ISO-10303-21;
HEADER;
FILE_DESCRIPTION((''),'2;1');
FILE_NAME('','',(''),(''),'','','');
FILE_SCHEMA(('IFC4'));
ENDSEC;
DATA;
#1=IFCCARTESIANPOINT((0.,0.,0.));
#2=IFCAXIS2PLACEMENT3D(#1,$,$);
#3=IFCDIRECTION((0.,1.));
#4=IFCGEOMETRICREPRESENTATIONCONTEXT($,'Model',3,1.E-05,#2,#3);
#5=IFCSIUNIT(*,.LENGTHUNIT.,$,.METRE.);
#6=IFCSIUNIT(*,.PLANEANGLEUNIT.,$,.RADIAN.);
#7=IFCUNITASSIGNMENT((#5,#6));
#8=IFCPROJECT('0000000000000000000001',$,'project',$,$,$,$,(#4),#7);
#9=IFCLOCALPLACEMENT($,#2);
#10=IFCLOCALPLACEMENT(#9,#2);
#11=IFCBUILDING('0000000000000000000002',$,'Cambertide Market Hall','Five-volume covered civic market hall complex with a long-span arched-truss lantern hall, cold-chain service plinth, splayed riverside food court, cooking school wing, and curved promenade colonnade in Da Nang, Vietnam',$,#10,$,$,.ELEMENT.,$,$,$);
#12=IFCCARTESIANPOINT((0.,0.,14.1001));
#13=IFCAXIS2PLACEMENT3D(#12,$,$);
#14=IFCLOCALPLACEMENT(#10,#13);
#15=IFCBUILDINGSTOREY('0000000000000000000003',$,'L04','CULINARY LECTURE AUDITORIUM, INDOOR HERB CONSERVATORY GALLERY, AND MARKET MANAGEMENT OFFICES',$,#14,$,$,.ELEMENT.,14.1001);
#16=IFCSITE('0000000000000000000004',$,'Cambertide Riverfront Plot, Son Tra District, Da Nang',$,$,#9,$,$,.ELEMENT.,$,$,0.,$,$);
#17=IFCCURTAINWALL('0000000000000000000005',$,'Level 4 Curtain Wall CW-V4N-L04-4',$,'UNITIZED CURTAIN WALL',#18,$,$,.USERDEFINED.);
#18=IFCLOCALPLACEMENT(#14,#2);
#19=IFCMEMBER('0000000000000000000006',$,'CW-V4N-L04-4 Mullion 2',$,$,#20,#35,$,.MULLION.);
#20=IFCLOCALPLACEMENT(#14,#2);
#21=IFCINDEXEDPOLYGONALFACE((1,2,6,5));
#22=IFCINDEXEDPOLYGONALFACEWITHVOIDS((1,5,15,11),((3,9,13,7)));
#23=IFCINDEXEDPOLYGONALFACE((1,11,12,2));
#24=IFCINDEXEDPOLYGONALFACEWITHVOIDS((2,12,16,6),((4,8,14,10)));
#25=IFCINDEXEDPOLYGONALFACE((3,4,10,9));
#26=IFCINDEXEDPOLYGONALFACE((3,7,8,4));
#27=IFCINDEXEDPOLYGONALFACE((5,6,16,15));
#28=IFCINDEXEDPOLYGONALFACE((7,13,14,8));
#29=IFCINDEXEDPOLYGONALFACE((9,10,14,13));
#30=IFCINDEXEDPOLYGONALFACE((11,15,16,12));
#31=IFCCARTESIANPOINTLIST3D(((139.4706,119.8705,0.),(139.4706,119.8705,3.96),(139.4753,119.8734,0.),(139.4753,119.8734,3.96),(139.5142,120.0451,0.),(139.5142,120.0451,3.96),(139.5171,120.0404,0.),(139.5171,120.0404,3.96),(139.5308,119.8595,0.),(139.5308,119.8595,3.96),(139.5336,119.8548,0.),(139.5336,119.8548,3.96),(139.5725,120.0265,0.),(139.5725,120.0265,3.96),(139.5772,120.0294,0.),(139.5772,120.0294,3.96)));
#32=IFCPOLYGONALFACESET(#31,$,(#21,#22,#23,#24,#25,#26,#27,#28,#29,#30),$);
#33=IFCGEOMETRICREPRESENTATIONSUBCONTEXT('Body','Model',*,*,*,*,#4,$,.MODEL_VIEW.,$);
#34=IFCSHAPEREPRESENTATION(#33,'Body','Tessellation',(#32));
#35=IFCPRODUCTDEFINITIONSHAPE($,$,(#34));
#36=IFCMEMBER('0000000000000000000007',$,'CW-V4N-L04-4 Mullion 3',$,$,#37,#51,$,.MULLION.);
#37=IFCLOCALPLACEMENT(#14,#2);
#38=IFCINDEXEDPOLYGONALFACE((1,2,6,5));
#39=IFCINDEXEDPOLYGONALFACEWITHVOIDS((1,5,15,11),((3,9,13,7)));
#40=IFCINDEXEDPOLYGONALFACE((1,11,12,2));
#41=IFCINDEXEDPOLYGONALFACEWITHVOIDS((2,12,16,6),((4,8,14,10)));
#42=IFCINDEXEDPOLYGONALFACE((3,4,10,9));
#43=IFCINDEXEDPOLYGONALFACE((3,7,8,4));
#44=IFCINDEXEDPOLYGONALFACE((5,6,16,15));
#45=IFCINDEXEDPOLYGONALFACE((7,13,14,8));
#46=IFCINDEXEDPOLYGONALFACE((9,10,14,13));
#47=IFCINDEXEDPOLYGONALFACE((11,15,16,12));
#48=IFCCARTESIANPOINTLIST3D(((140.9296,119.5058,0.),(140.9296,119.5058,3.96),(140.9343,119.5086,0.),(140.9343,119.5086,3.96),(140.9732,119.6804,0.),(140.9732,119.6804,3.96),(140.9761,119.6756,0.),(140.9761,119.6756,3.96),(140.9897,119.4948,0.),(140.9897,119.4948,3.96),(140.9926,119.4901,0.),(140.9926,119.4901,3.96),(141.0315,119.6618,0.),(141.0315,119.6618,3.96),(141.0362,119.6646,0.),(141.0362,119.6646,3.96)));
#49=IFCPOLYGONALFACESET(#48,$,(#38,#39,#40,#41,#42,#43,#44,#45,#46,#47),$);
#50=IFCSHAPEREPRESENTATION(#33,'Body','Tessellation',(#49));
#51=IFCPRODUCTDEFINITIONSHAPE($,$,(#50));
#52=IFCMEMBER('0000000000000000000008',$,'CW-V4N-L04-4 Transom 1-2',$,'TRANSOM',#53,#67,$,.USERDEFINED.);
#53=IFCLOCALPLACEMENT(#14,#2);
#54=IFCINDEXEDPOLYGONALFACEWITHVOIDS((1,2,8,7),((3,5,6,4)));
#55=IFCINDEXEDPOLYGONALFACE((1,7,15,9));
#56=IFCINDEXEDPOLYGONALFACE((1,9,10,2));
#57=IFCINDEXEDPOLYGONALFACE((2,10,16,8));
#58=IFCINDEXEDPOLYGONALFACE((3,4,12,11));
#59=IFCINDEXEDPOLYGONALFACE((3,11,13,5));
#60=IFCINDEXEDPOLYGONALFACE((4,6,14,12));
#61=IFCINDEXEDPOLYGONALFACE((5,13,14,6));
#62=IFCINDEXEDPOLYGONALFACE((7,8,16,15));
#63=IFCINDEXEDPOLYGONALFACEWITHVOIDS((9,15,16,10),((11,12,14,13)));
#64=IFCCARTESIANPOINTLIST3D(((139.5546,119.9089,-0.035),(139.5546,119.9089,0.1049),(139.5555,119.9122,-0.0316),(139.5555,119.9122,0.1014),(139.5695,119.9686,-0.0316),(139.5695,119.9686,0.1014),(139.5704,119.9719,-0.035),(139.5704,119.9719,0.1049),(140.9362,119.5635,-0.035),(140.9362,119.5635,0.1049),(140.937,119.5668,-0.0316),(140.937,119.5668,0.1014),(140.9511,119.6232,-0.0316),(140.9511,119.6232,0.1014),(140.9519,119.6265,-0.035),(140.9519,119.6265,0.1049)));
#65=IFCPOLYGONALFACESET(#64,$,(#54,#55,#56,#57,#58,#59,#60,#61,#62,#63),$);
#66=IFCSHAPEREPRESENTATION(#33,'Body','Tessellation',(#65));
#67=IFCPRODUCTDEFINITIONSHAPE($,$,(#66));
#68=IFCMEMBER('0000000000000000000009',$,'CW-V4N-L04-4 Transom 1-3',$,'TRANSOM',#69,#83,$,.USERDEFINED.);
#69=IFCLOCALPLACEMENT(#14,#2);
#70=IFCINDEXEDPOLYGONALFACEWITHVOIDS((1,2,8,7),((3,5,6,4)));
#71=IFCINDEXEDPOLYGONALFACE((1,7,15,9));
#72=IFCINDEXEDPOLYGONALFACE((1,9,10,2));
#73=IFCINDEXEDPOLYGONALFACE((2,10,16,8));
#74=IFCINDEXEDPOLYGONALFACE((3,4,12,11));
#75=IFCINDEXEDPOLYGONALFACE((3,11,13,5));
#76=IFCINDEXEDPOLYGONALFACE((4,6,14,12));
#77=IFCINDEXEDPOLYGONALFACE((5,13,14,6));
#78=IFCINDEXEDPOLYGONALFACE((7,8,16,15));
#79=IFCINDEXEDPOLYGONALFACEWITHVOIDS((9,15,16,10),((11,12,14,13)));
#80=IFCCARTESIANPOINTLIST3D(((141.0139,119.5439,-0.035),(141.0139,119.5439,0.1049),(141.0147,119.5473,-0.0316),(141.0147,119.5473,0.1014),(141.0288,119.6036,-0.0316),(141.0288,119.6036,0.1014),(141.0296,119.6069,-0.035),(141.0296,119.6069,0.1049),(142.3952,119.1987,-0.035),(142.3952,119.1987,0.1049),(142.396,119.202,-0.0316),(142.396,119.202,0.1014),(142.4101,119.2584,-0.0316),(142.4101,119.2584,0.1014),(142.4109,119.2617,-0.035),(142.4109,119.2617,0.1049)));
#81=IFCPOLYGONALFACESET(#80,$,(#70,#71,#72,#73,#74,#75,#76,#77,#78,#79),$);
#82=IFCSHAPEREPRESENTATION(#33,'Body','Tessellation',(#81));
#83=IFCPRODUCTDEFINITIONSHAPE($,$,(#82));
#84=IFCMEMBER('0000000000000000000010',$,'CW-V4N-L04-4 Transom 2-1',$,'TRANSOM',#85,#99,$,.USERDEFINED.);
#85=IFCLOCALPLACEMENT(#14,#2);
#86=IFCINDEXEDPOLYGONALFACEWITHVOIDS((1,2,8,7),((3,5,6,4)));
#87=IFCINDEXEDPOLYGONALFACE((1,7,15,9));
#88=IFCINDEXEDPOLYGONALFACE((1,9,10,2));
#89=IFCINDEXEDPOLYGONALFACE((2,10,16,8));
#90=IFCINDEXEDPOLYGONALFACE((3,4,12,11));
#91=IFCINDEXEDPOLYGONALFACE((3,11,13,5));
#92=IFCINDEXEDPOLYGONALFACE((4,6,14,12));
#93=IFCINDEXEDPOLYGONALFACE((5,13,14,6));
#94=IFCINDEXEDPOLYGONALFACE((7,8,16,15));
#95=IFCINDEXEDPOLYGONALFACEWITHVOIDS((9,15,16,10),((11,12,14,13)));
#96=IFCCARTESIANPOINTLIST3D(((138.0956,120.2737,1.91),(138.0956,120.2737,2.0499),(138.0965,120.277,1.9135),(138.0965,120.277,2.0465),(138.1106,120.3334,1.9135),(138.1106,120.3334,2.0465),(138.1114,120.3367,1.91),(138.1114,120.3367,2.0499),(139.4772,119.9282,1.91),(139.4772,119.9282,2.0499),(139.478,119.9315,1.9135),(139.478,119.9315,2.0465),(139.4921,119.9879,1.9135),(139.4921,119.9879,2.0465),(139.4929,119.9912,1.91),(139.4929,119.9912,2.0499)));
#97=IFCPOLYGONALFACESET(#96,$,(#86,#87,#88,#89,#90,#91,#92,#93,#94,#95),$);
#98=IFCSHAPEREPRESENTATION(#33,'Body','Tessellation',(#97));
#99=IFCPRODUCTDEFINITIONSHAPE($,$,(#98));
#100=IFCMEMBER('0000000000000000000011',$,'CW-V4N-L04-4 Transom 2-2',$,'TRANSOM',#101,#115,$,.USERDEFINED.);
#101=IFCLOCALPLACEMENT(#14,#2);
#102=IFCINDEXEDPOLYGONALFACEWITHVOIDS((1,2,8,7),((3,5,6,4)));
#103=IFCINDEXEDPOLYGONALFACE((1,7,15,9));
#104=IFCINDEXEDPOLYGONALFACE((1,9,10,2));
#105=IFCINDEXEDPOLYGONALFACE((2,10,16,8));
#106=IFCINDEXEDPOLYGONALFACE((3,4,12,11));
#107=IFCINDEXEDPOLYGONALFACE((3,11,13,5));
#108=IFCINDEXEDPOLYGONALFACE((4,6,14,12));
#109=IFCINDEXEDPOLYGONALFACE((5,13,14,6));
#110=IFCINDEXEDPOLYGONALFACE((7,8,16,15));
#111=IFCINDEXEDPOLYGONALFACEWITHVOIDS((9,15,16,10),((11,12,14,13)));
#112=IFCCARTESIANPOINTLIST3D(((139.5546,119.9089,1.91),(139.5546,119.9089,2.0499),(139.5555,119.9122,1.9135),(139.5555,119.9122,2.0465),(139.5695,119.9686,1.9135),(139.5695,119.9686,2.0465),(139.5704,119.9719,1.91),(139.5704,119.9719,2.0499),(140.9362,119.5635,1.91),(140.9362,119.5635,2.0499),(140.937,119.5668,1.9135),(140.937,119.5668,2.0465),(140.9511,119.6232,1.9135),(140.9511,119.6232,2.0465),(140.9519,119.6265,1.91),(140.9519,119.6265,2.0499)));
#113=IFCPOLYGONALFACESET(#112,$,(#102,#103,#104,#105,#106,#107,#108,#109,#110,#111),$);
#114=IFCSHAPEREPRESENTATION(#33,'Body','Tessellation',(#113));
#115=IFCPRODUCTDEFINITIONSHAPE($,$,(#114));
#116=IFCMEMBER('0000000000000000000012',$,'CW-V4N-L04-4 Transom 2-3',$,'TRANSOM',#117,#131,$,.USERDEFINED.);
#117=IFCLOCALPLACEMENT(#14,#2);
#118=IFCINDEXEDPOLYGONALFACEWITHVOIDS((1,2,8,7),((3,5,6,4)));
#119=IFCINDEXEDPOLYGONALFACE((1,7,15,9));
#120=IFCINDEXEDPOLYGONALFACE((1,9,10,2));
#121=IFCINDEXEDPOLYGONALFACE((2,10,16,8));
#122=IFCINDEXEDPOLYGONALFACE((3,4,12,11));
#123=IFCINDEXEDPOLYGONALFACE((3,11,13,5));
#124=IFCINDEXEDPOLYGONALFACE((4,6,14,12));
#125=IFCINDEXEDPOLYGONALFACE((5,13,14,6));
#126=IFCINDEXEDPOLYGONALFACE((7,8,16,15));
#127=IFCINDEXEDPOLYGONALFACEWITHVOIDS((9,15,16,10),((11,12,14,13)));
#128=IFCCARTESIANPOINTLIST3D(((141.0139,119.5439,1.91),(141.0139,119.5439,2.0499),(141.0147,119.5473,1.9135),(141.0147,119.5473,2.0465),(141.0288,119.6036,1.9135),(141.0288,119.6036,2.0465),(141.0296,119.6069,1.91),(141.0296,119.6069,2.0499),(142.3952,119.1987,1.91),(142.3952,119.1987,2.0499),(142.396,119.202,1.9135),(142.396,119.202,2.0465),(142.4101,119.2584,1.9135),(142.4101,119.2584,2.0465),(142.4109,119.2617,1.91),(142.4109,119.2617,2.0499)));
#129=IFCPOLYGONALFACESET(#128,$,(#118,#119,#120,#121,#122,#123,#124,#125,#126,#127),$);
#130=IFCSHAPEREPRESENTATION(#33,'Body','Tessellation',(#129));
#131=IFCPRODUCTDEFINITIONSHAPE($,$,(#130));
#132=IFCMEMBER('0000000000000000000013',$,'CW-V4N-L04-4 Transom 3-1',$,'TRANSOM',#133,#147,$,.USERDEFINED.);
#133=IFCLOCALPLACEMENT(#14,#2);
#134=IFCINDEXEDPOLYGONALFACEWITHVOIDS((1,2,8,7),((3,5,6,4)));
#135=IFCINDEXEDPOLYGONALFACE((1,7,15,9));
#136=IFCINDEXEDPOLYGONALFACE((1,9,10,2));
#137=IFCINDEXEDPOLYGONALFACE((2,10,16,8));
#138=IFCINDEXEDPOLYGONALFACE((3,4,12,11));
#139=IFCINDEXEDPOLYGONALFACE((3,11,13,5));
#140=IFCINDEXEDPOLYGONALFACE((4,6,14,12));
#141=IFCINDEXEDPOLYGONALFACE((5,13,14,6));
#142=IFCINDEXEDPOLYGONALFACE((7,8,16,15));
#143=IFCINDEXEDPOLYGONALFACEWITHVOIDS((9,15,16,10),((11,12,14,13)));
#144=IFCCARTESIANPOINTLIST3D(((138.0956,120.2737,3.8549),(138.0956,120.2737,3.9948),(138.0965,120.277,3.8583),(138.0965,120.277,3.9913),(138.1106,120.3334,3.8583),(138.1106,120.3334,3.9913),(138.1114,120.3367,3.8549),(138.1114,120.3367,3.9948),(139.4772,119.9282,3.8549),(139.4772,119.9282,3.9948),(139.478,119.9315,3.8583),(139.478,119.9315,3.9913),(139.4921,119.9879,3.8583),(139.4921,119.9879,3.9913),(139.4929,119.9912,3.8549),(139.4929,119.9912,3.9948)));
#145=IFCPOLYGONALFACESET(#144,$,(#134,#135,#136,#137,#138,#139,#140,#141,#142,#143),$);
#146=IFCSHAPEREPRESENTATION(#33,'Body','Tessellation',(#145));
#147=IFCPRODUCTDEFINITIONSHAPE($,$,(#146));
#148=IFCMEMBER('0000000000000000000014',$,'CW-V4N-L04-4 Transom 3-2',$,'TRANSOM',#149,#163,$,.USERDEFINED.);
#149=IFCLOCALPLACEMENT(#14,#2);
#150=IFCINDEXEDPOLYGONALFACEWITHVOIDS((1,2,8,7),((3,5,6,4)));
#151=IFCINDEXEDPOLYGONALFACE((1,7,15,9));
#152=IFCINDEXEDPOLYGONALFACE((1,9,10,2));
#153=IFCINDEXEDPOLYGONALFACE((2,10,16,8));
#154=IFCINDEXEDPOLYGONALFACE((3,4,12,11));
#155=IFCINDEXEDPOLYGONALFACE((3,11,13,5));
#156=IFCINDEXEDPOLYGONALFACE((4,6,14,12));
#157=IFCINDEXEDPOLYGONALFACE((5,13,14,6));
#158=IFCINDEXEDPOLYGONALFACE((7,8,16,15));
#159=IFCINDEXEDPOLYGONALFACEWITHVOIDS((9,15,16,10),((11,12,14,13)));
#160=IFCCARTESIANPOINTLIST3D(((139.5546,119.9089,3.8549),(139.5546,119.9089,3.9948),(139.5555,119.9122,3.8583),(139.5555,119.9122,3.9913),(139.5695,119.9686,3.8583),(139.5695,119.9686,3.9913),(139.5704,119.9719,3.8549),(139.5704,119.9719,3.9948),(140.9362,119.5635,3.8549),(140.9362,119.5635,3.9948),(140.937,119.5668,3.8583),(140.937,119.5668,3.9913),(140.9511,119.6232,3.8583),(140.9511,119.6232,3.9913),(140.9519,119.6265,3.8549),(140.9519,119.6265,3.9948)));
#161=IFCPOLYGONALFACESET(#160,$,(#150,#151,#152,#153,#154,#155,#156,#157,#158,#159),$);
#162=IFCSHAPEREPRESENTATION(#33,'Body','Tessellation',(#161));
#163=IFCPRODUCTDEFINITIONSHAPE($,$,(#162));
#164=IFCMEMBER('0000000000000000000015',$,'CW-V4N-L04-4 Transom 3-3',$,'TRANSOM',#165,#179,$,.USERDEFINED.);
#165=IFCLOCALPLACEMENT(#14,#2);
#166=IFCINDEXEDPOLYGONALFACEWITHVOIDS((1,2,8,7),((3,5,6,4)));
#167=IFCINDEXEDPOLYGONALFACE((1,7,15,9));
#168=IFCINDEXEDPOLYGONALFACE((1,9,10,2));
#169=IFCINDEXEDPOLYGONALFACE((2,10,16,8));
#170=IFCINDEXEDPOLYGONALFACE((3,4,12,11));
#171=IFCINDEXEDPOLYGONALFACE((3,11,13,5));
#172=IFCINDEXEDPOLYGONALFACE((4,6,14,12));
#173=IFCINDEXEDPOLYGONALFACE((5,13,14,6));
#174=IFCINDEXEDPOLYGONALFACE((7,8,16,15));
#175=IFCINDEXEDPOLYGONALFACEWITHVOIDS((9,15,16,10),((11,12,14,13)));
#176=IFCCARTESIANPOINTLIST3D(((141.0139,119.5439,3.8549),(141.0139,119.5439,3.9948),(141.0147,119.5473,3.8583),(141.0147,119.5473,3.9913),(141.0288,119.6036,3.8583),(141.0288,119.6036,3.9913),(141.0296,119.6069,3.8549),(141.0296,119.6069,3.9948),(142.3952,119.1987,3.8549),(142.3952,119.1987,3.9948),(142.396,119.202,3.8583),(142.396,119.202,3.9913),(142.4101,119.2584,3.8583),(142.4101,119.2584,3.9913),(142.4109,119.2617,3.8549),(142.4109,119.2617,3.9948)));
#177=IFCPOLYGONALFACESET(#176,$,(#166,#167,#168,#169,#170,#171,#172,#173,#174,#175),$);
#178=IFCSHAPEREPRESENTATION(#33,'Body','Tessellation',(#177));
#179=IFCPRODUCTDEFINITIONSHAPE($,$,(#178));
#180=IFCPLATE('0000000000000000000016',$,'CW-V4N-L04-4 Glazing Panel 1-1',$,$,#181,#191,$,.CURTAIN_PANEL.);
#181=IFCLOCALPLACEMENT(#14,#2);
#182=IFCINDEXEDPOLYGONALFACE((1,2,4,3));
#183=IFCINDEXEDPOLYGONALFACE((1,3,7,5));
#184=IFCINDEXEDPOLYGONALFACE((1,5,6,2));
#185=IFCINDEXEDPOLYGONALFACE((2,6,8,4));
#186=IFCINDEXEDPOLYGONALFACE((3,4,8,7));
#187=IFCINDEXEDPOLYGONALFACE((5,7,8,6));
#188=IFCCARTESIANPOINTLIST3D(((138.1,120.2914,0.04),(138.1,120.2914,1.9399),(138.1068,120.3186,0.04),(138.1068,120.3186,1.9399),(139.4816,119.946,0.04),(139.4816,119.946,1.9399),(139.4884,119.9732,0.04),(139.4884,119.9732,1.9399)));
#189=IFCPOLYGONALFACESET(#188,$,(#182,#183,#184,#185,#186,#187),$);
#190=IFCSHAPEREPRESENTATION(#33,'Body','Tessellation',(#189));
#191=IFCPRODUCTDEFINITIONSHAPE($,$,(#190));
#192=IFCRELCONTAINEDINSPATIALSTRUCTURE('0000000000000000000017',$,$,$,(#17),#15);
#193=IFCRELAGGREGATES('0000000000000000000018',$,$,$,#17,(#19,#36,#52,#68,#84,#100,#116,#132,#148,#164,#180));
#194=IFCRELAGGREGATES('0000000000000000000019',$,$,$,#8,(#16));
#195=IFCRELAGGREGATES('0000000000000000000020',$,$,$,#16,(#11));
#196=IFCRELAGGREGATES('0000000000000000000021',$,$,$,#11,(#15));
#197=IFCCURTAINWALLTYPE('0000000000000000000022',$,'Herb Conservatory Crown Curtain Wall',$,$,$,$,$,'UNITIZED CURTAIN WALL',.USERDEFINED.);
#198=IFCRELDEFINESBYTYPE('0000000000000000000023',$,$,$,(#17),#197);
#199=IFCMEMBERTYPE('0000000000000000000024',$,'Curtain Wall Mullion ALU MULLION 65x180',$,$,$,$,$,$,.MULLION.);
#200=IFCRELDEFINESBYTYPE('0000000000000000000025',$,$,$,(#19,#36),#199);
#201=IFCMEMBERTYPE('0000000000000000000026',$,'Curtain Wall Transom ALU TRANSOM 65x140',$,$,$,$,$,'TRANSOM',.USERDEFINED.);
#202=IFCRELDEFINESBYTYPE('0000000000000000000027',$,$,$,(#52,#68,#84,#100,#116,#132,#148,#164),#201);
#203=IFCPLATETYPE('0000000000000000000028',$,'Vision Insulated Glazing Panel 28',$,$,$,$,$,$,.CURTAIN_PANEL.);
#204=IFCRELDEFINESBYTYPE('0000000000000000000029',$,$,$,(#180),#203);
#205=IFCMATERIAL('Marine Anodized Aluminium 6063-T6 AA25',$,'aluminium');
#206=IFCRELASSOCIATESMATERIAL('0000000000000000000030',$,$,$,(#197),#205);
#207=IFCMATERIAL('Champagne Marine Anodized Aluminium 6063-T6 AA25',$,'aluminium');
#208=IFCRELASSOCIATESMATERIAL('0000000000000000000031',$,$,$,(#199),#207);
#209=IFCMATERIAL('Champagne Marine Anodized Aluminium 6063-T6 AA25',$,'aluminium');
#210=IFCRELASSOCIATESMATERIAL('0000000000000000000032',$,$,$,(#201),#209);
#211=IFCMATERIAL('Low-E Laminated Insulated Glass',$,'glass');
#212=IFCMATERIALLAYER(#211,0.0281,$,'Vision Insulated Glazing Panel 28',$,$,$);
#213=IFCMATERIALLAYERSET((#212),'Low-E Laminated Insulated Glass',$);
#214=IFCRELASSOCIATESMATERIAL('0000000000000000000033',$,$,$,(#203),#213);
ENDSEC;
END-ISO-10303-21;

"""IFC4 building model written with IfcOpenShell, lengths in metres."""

from ifc_helpers import new_model, si_unit, direction, frame, origin, origin_2d, place, context, subcontext, project, spatial, rectangle, hollow_rectangle, extrude, material, layer, layer_set, material_profile, profile_set, type_object, element, aggregate, save


model = new_model("IFC4")

# Units and contexts
model_context = context("Model", 3, precision=1e-05, world=origin(), true_north=direction((0.0, 1.0)))
body_context = subcontext(model_context, "Body", "Model", "MODEL_VIEW")
ifc_project = project(units=[si_unit("LENGTHUNIT", "METRE"), si_unit("PLANEANGLEUNIT", "RADIAN")], contexts=[model_context])

# Site, building, storey
site_placement = place(None, origin())
site = spatial("IfcSite", under=ifc_project, at=site_placement, Name="Cambertide Riverfront Plot, Son Tra District, Da Nang", CompositionType="ELEMENT", RefElevation=0.0)
building_placement = place(site_placement, origin())
building = spatial("IfcBuilding", under=site, at=building_placement, Name="Cambertide Market Hall", Description="Five-volume covered civic market hall complex with a long-span arched-truss lantern hall, cold-chain service plinth, splayed riverside food court, cooking school wing, and curved promenade colonnade in Da Nang, Vietnam", CompositionType="ELEMENT")
storey_placement = place(building_placement, frame((0.0, 0.0, 14.1001)))
storey = spatial("IfcBuildingStorey", under=building, at=storey_placement, Name="L04", Description="CULINARY LECTURE AUDITORIUM, INDOOR HERB CONSERVATORY GALLERY, AND MARKET MANAGEMENT OFFICES", CompositionType="ELEMENT", Elevation=14.1001)

# Curtain wall, members, plate
ifc_material_1 = material(Name="Marine Anodized Aluminium 6063-T6 AA25", Category="aluminium")
curtain_wall_type = type_object("IfcCurtainWallType", Name="Herb Conservatory Crown Curtain Wall", ElementType="UNITIZED CURTAIN WALL", PredefinedType="USERDEFINED", material=ifc_material_1)
curtain_wall_placement = place(storey_placement, origin())
curtain_wall = element("IfcCurtainWall", 1, at=curtain_wall_placement, inside=storey, type_object=curtain_wall_type, Name="Level 4 Curtain Wall CW-V4N-L04-4", ObjectType="UNITIZED CURTAIN WALL", PredefinedType="USERDEFINED")
ifc_material_2 = material(Name="Champagne Marine Anodized Aluminium 6063-T6 AA25", Category="aluminium")
ifc_material_profile_1 = material_profile(ifc_material_2, hollow_rectangle(XDim=0.0649, YDim=0.1799, WallThickness=0.0039, at=origin_2d()), Name="ALU MULLION 65x180")
ifc_profile_set_1 = profile_set([ifc_material_profile_1], Name="Champagne Marine Anodized Aluminium 6063-T6 AA25")
member_type_1 = type_object("IfcMemberType", Name="Curtain Wall Mullion ALU MULLION 65x180", PredefinedType="MULLION", material=ifc_profile_set_1)
member_1_placement = place(storey_placement, frame((139.5239, 119.95, 0.0), z_axis=(0.0, 0.0, 1.0), x_axis=(0.970143, -0.242536, 0.0)))
member_1 = element("IfcMember", 2, at=member_1_placement, type_object=member_type_1, Name="CW-V4N-L04-4 Mullion 2", PredefinedType="MULLION", context=body_context, shape_type="SweptSolid", body=[
    extrude(hollow_rectangle(XDim=0.0649, YDim=0.1799, WallThickness=0.0039, at=origin_2d()), origin(), (0.0, 0.0, 1.0), 3.96),
])
member_2_placement = place(storey_placement, frame((140.9829, 119.5852, 0.0), z_axis=(0.0, 0.0, 1.0), x_axis=(0.970143, -0.242536, 0.0)))
member_2 = element("IfcMember", 3, at=member_2_placement, type_object=member_type_1, Name="CW-V4N-L04-4 Mullion 3", PredefinedType="MULLION", context=body_context, shape_type="SweptSolid", body=[
    extrude(hollow_rectangle(XDim=0.0649, YDim=0.1799, WallThickness=0.0039, at=origin_2d()), origin(), (0.0, 0.0, 1.0), 3.96),
])
ifc_material_3 = material(Name="Champagne Marine Anodized Aluminium 6063-T6 AA25", Category="aluminium")
ifc_material_profile_2 = material_profile(ifc_material_3, hollow_rectangle(XDim=0.0649, YDim=0.1399, WallThickness=0.0034, at=origin_2d()), Name="ALU TRANSOM 65x140")
ifc_profile_set_2 = profile_set([ifc_material_profile_2], Name="Champagne Marine Anodized Aluminium 6063-T6 AA25")
member_type_2 = type_object("IfcMemberType", Name="Curtain Wall Transom ALU TRANSOM 65x140", ElementType="TRANSOM", PredefinedType="USERDEFINED", material=ifc_profile_set_2)
member_3_placement = place(storey_placement, frame((139.5625, 119.9404, 0.0349), z_axis=(0.970132, -0.242576, 0.0), x_axis=(0.242576, 0.970132, 0.0)))
member_3 = element("IfcMember", 4, at=member_3_placement, type_object=member_type_2, Name="CW-V4N-L04-4 Transom 1-2", ObjectType="TRANSOM", PredefinedType="USERDEFINED", context=body_context, shape_type="SweptSolid", body=[
    extrude(hollow_rectangle(XDim=0.0649, YDim=0.1399, WallThickness=0.0034, at=origin_2d()), origin(), (0.0, 0.0, 1.0), 1.4241),
])
member_4_placement = place(storey_placement, frame((141.0217, 119.5754, 0.0349), z_axis=(0.970163, -0.242455, 0.0), x_axis=(0.242455, 0.970163, 0.0)))
member_4 = element("IfcMember", 5, at=member_4_placement, type_object=member_type_2, Name="CW-V4N-L04-4 Transom 1-3", ObjectType="TRANSOM", PredefinedType="USERDEFINED", context=body_context, shape_type="SweptSolid", body=[
    extrude(hollow_rectangle(XDim=0.0649, YDim=0.1399, WallThickness=0.0034, at=origin_2d()), origin(), (0.0, 0.0, 1.0), 1.4238),
])
member_5_placement = place(storey_placement, frame((138.1035, 120.3052, 1.98), z_axis=(0.970132, -0.242576, 0.0), x_axis=(0.242576, 0.970132, 0.0)))
member_5 = element("IfcMember", 6, at=member_5_placement, type_object=member_type_2, Name="CW-V4N-L04-4 Transom 2-1", ObjectType="TRANSOM", PredefinedType="USERDEFINED", context=body_context, shape_type="SweptSolid", body=[
    extrude(hollow_rectangle(XDim=0.0649, YDim=0.1399, WallThickness=0.0034, at=origin_2d()), origin(), (0.0, 0.0, 1.0), 1.4241),
])
member_6_placement = place(storey_placement, frame((139.5625, 119.9404, 1.98), z_axis=(0.970132, -0.242576, 0.0), x_axis=(0.242576, 0.970132, 0.0)))
member_6 = element("IfcMember", 7, at=member_6_placement, type_object=member_type_2, Name="CW-V4N-L04-4 Transom 2-2", ObjectType="TRANSOM", PredefinedType="USERDEFINED", context=body_context, shape_type="SweptSolid", body=[
    extrude(hollow_rectangle(XDim=0.0649, YDim=0.1399, WallThickness=0.0034, at=origin_2d()), origin(), (0.0, 0.0, 1.0), 1.4241),
])
member_7_placement = place(storey_placement, frame((141.0217, 119.5754, 1.98), z_axis=(0.970163, -0.242455, 0.0), x_axis=(0.242455, 0.970163, 0.0)))
member_7 = element("IfcMember", 8, at=member_7_placement, type_object=member_type_2, Name="CW-V4N-L04-4 Transom 2-3", ObjectType="TRANSOM", PredefinedType="USERDEFINED", context=body_context, shape_type="SweptSolid", body=[
    extrude(hollow_rectangle(XDim=0.0649, YDim=0.1399, WallThickness=0.0034, at=origin_2d()), origin(), (0.0, 0.0, 1.0), 1.4238),
])
member_8_placement = place(storey_placement, frame((138.1035, 120.3052, 3.9248), z_axis=(0.970132, -0.242576, 0.0), x_axis=(0.242576, 0.970132, 0.0)))
member_8 = element("IfcMember", 9, at=member_8_placement, type_object=member_type_2, Name="CW-V4N-L04-4 Transom 3-1", ObjectType="TRANSOM", PredefinedType="USERDEFINED", context=body_context, shape_type="SweptSolid", body=[
    extrude(hollow_rectangle(XDim=0.0649, YDim=0.1399, WallThickness=0.0034, at=origin_2d()), origin(), (0.0, 0.0, 1.0), 1.4241),
])
member_9_placement = place(storey_placement, frame((139.5625, 119.9404, 3.9248), z_axis=(0.970132, -0.242576, 0.0), x_axis=(0.242576, 0.970132, 0.0)))
member_9 = element("IfcMember", 10, at=member_9_placement, type_object=member_type_2, Name="CW-V4N-L04-4 Transom 3-2", ObjectType="TRANSOM", PredefinedType="USERDEFINED", context=body_context, shape_type="SweptSolid", body=[
    extrude(hollow_rectangle(XDim=0.0649, YDim=0.1399, WallThickness=0.0034, at=origin_2d()), origin(), (0.0, 0.0, 1.0), 1.4241),
])
member_10_placement = place(storey_placement, frame((141.0217, 119.5754, 3.9248), z_axis=(0.970163, -0.242455, 0.0), x_axis=(0.242455, 0.970163, 0.0)))
member_10 = element("IfcMember", 11, at=member_10_placement, type_object=member_type_2, Name="CW-V4N-L04-4 Transom 3-3", ObjectType="TRANSOM", PredefinedType="USERDEFINED", context=body_context, shape_type="SweptSolid", body=[
    extrude(hollow_rectangle(XDim=0.0649, YDim=0.1399, WallThickness=0.0034, at=origin_2d()), origin(), (0.0, 0.0, 1.0), 1.4238),
])
ifc_material_4 = material(Name="Low-E Laminated Insulated Glass", Category="glass")
ifc_layer_1 = layer(ifc_material_4, 0.0281, Name="Vision Insulated Glazing Panel 28")
ifc_layer_set_1 = layer_set([ifc_layer_1], Name="Low-E Laminated Insulated Glass")
plate_type = type_object("IfcPlateType", Name="Vision Insulated Glazing Panel 28", PredefinedType="CURTAIN_PANEL", material=ifc_layer_set_1)
plate_1_placement = place(storey_placement, frame((138.7942, 120.1323, 0.04), z_axis=(0.0, 0.0, 1.0), x_axis=(0.970143, -0.242536, 0.0)))
plate_1 = element("IfcPlate", 12, at=plate_1_placement, type_object=plate_type, Name="CW-V4N-L04-4 Glazing Panel 1-1", PredefinedType="CURTAIN_PANEL", context=body_context, shape_type="SweptSolid", body=[
    extrude(rectangle(XDim=1.4241, YDim=0.0281, at=origin_2d()), origin(), (0.0, 0.0, 1.0), 1.8999),
])
aggregate(curtain_wall, [member_1, member_2, member_3, member_4, member_5, member_6, member_7, member_8, member_9, member_10, plate_1])

save(model, "model.ifc")
